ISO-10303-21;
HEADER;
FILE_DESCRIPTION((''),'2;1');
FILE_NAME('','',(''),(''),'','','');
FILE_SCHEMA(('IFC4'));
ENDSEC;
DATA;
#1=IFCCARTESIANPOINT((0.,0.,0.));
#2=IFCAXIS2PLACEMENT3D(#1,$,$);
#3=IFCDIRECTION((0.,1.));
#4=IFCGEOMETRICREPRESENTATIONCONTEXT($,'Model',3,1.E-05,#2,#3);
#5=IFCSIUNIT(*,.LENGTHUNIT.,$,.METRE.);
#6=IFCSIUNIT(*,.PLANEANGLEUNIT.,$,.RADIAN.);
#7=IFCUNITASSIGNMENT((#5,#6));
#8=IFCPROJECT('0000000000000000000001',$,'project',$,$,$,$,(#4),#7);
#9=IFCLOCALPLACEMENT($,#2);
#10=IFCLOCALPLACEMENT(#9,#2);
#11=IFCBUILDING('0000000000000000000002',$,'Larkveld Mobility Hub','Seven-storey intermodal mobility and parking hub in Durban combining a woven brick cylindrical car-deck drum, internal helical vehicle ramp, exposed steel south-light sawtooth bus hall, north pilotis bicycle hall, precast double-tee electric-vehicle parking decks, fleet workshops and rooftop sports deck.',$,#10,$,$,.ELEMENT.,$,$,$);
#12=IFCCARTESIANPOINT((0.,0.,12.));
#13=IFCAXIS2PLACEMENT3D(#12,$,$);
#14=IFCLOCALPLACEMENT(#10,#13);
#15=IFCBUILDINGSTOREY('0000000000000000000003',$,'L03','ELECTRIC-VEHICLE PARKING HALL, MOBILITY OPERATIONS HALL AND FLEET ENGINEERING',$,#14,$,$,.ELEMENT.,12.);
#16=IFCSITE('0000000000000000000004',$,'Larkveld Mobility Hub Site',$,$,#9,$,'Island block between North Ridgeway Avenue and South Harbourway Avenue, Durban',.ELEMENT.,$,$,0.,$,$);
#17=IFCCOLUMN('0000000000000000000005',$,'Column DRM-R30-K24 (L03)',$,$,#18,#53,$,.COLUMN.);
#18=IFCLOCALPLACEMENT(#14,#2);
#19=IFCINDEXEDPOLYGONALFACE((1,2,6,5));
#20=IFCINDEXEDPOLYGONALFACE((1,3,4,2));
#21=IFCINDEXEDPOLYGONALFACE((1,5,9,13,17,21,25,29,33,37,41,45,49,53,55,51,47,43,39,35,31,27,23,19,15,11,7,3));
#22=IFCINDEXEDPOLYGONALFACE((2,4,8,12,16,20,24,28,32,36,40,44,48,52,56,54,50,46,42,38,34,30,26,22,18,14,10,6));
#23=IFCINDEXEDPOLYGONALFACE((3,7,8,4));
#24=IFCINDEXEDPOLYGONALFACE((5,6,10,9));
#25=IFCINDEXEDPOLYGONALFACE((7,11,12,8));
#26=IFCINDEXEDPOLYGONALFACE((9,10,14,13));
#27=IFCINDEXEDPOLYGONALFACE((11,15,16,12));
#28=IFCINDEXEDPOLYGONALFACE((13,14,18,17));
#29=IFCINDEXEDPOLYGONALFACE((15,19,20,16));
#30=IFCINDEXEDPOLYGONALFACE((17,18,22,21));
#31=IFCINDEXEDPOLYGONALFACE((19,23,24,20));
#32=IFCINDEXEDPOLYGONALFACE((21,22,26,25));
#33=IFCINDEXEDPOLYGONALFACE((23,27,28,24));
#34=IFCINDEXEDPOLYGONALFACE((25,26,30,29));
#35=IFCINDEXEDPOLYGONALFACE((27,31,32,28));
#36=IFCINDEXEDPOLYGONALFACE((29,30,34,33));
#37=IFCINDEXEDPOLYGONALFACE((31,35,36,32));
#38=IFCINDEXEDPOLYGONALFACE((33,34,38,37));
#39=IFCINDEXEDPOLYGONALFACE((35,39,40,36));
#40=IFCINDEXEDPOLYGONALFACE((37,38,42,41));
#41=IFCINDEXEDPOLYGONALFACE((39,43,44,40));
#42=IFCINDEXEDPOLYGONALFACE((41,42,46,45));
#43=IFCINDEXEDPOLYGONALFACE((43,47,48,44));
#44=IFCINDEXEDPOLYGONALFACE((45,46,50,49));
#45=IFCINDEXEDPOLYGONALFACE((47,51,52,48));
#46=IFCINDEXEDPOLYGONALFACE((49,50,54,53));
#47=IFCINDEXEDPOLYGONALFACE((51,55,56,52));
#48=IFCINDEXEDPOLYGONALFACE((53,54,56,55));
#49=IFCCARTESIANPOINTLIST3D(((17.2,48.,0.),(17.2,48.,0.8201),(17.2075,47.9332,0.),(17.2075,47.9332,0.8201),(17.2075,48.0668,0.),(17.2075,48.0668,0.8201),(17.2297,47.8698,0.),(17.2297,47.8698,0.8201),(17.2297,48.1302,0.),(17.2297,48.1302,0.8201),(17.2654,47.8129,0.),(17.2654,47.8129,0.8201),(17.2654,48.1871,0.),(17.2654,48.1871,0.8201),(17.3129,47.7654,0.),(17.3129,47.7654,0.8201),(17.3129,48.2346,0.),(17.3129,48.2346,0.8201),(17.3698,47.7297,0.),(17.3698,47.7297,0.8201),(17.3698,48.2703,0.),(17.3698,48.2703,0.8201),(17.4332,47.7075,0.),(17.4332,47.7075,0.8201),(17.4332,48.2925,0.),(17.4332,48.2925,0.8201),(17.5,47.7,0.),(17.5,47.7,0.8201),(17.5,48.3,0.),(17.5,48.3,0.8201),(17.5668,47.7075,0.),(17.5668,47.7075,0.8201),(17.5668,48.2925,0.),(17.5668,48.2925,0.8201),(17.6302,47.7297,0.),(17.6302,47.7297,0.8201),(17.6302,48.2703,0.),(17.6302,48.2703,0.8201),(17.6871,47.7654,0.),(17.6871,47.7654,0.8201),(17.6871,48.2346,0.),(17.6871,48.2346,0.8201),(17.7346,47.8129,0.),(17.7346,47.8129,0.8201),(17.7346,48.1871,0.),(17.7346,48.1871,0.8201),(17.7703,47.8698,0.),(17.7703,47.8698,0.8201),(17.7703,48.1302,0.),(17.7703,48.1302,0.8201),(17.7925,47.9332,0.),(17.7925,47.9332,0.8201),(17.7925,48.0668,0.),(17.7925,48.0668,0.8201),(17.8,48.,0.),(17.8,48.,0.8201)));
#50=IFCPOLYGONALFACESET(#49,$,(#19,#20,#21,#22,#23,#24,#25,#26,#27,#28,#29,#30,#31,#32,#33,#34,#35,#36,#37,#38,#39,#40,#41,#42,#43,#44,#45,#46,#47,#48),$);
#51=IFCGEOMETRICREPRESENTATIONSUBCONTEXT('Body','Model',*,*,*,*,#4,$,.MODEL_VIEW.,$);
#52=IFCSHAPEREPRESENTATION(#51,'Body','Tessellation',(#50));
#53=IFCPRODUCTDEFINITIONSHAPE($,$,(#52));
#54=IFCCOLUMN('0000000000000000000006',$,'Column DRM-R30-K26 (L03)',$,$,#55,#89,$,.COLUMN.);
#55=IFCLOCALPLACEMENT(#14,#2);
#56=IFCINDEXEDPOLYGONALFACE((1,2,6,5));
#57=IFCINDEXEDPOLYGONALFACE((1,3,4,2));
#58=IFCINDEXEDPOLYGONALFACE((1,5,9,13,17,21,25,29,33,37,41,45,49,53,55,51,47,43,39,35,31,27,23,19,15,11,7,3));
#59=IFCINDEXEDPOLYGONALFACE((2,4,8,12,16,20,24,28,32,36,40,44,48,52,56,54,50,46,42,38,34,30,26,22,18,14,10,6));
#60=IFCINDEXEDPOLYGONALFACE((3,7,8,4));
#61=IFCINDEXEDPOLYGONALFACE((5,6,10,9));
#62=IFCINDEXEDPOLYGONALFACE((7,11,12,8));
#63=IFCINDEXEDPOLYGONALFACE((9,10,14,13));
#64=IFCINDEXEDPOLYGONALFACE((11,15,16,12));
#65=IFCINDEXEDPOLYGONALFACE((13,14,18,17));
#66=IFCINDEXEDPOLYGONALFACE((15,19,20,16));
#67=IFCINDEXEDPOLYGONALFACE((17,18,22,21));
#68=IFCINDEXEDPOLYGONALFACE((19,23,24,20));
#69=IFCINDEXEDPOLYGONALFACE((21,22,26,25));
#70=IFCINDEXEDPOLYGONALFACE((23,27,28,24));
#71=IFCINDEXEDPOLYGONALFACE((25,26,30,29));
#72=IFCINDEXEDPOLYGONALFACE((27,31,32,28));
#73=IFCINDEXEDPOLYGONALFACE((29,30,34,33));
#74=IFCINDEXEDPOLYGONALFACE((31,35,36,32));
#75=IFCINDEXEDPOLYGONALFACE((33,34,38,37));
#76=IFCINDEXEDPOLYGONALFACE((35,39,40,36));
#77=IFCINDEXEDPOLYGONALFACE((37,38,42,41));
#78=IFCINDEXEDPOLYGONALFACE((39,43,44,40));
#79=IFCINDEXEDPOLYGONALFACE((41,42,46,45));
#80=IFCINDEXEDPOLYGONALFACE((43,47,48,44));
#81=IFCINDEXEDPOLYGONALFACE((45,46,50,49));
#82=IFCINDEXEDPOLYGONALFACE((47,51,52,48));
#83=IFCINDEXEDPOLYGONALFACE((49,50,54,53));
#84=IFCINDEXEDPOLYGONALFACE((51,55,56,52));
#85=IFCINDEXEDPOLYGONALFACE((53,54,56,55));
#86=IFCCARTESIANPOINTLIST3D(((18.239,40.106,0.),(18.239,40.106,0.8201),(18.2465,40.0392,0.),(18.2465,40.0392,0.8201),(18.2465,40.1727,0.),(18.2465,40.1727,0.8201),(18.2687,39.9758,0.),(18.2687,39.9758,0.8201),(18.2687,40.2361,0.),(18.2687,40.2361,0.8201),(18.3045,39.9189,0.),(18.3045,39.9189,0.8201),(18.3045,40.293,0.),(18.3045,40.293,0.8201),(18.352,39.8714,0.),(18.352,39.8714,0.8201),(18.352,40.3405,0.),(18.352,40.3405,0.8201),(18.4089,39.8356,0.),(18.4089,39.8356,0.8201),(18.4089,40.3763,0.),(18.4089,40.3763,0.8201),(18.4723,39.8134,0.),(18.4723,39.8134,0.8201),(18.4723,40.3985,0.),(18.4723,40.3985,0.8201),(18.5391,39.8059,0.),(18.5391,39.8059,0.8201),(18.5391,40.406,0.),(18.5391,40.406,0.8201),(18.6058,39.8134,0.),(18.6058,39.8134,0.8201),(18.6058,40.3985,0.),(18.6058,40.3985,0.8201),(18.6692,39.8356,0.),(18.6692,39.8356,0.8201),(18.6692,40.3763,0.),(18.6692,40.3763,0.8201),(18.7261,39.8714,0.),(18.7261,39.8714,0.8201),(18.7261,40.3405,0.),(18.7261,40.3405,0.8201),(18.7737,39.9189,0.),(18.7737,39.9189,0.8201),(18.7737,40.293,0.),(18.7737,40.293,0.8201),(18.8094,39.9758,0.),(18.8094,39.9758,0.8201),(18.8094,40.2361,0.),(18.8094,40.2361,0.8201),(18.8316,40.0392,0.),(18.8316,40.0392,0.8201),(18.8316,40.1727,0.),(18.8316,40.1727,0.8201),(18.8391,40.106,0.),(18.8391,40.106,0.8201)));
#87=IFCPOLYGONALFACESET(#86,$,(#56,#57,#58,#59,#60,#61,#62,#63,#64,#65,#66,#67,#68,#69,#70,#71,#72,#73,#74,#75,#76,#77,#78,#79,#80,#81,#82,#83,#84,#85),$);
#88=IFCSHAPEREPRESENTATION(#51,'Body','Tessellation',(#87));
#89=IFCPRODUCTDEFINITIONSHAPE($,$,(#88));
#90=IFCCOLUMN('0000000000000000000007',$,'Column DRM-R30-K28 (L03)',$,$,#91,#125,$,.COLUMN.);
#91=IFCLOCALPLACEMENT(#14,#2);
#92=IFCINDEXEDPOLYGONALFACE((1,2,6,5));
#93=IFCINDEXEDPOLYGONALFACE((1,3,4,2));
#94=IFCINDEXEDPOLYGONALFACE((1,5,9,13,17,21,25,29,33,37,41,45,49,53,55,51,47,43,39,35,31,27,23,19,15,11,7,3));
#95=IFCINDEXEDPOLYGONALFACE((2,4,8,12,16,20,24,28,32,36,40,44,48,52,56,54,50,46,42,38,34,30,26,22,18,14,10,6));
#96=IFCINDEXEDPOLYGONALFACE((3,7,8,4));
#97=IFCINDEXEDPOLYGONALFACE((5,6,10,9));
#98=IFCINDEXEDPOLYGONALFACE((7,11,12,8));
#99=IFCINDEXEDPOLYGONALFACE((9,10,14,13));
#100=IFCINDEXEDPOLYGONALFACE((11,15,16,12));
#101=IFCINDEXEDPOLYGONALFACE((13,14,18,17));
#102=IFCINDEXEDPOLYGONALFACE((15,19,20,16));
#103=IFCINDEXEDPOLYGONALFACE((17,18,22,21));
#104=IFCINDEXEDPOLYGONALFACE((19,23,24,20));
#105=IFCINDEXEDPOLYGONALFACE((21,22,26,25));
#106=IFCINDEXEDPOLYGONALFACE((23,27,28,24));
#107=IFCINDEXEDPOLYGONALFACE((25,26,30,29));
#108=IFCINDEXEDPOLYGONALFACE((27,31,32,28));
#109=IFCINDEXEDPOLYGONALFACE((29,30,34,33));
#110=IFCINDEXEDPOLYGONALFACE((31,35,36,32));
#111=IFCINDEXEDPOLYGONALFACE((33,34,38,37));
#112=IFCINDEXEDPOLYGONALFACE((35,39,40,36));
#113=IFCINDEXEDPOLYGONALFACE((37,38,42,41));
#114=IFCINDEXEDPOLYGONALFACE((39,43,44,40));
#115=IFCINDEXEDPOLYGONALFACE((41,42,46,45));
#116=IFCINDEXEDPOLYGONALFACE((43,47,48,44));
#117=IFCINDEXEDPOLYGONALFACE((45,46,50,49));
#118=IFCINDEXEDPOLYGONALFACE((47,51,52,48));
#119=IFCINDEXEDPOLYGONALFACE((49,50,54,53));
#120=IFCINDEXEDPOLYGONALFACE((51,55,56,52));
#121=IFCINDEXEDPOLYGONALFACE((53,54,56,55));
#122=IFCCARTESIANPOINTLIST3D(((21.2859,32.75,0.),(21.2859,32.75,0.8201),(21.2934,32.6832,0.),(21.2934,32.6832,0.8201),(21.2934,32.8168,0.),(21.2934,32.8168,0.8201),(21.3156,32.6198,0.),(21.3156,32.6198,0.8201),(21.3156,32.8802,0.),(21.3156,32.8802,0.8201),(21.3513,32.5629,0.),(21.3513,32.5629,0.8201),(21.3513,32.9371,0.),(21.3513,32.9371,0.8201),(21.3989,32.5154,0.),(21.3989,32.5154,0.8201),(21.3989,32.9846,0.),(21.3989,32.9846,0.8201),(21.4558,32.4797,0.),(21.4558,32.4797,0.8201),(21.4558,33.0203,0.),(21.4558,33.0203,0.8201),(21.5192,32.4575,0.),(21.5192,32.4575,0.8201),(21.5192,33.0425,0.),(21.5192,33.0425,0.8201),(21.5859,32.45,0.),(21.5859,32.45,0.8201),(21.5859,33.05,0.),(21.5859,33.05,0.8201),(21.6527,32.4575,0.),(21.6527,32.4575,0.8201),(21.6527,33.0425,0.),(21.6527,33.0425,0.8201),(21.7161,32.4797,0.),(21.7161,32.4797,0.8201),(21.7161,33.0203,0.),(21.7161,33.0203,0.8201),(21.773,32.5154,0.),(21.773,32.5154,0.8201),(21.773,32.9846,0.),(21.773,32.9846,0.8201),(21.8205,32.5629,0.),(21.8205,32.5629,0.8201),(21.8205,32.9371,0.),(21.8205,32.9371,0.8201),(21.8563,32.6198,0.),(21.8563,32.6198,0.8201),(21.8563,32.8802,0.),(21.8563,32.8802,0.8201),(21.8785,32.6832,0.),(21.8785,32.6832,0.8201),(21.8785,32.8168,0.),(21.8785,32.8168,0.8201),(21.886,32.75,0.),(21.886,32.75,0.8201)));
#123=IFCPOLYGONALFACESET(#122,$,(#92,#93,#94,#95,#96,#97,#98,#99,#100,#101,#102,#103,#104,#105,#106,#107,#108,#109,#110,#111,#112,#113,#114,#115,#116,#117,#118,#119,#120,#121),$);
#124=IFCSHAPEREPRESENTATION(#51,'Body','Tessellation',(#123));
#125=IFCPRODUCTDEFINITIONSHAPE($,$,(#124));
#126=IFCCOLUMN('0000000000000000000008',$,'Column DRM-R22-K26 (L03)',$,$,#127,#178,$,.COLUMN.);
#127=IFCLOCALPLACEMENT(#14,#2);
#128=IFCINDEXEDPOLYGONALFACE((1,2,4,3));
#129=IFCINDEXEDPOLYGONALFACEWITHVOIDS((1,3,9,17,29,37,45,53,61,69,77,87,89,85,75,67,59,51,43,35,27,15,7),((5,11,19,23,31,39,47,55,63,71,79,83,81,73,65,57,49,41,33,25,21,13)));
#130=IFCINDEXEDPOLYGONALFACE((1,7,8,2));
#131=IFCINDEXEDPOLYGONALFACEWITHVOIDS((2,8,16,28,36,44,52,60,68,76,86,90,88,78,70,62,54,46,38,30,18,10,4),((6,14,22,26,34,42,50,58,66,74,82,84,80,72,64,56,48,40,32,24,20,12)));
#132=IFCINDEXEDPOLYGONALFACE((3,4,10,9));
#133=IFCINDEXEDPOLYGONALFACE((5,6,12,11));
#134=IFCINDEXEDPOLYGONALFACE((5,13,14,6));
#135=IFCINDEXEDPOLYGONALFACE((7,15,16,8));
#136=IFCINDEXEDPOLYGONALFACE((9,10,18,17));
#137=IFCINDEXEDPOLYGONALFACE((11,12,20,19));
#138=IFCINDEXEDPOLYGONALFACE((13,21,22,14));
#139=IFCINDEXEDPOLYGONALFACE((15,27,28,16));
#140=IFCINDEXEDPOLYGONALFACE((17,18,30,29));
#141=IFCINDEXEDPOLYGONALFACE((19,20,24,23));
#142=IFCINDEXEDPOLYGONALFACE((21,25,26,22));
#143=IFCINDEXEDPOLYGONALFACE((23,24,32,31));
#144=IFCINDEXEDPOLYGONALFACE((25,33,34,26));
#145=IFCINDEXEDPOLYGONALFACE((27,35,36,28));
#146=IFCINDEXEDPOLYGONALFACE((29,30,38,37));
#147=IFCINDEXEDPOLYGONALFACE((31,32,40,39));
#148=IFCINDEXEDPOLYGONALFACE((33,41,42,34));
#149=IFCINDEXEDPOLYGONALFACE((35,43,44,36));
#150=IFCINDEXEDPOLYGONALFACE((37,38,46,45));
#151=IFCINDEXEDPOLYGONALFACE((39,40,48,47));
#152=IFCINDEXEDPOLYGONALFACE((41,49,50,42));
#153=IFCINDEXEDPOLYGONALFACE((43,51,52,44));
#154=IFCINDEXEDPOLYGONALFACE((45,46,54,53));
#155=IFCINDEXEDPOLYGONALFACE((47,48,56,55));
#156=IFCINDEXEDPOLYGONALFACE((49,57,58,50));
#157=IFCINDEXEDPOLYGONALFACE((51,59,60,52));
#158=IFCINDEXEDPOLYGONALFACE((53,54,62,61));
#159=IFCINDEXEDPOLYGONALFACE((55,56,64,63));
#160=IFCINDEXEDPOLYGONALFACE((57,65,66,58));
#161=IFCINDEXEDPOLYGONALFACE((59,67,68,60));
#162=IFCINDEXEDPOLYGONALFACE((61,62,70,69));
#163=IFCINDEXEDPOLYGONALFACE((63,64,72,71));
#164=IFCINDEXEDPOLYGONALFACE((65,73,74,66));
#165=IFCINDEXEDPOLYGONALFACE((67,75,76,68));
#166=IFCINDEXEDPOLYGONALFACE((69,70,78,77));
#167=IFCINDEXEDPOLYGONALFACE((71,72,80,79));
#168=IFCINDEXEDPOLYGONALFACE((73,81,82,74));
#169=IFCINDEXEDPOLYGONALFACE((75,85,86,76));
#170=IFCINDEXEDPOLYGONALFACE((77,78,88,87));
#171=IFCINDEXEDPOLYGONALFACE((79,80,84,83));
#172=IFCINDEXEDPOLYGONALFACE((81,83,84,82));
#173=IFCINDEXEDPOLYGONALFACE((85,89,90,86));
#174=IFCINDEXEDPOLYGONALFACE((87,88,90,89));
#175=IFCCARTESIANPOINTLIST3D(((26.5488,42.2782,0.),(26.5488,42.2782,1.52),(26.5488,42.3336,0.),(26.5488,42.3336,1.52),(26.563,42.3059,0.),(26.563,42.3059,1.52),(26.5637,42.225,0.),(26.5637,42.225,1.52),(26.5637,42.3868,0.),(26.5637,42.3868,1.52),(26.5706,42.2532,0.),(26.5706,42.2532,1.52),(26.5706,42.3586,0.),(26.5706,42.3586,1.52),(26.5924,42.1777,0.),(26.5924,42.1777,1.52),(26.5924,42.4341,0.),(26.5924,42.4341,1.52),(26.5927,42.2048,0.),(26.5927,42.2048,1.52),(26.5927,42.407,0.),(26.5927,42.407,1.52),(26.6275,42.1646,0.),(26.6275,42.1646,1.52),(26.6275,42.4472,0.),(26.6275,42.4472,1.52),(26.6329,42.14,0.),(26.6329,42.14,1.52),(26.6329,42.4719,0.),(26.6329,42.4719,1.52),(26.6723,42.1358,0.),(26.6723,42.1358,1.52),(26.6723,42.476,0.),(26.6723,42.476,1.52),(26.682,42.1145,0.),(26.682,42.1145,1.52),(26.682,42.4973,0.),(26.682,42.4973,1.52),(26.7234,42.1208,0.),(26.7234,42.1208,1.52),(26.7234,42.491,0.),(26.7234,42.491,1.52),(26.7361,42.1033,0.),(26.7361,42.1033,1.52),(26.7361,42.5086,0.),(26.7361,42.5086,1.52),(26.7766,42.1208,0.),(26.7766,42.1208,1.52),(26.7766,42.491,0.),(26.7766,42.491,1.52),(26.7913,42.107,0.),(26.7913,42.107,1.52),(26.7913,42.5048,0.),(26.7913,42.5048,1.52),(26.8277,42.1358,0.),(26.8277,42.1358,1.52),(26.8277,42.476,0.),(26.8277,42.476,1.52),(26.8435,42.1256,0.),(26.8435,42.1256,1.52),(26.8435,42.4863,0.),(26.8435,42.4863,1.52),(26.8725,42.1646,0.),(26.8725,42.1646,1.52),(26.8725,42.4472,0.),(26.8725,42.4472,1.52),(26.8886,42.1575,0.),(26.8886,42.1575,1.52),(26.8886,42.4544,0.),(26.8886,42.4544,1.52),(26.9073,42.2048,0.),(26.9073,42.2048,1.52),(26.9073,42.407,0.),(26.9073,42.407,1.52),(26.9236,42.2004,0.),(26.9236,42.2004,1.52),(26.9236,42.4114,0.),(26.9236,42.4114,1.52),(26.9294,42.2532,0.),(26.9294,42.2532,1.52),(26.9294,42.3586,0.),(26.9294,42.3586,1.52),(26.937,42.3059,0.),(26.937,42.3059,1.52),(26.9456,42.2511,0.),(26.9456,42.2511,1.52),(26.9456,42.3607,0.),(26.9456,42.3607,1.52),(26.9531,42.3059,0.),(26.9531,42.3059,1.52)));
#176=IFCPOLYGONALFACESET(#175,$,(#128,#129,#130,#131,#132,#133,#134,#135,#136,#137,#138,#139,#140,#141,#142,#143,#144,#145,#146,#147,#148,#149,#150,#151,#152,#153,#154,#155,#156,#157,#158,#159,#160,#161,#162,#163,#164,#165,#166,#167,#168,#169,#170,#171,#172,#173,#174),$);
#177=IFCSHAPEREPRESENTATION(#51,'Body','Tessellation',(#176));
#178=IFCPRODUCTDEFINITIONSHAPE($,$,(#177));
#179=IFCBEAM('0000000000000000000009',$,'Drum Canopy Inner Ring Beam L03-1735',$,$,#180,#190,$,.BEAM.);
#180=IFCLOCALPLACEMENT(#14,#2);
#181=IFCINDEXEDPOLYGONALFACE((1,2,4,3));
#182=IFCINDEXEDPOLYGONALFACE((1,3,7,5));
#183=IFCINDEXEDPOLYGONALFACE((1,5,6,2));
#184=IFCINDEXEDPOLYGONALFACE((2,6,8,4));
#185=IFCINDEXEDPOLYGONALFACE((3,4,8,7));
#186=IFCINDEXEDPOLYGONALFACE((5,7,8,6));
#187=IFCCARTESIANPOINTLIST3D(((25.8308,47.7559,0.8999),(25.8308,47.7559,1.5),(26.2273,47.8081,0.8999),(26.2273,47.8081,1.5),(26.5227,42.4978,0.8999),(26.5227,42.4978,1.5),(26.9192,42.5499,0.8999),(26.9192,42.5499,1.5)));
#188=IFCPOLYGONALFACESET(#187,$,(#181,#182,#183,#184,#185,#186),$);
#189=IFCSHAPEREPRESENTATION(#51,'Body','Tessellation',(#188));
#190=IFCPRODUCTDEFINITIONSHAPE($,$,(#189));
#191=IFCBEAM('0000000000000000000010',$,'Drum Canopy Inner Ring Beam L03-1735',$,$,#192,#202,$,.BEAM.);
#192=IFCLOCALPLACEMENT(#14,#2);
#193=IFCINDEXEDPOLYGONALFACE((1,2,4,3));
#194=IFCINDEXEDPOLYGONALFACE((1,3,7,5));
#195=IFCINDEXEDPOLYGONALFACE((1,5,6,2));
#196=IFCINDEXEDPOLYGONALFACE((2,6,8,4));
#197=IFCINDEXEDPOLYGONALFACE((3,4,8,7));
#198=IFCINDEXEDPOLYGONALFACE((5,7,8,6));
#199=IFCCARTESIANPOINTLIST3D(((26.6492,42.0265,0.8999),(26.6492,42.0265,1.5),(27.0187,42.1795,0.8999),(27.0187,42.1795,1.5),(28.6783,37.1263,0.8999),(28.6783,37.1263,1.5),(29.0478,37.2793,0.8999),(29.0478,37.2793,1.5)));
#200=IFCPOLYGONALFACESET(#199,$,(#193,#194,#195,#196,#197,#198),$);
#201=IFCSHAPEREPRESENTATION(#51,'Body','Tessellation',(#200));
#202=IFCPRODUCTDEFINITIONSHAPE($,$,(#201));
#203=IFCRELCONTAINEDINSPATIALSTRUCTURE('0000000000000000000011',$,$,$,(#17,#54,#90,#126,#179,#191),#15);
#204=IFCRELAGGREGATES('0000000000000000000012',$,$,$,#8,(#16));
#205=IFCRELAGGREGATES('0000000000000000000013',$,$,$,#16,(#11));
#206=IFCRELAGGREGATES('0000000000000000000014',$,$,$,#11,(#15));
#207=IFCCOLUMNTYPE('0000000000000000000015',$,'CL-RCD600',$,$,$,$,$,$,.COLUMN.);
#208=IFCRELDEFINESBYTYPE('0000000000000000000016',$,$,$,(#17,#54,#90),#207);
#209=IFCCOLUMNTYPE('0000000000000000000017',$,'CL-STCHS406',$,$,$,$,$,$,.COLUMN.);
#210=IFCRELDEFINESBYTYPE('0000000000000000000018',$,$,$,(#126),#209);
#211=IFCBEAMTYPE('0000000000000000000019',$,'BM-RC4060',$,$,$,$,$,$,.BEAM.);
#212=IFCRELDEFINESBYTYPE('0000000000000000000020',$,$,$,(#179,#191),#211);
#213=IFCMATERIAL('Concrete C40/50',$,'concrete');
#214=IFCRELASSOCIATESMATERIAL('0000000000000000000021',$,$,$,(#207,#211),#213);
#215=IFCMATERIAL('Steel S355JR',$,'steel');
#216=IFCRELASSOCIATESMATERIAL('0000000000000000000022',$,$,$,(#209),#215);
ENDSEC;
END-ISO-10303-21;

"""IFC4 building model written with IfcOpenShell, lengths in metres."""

from ifc_helpers import new_model, si_unit, direction, frame, origin, origin_2d, place, context, subcontext, project, spatial, rectangle, circle, hollow_circle, extrude, material, material_profile, profile_set, type_object, element, save


model = new_model("IFC4")

# Units and contexts
model_context = context("Model", 3, precision=1e-05, world=origin(), true_north=direction((0.0, 1.0)))
body_context = subcontext(model_context, "Body", "Model", "MODEL_VIEW")
ifc_project = project(units=[si_unit("LENGTHUNIT", "METRE"), si_unit("PLANEANGLEUNIT", "RADIAN")], contexts=[model_context])

# Site, building, storey
site_placement = place(None, origin())
site = spatial("IfcSite", under=ifc_project, at=site_placement, Name="Larkveld Mobility Hub Site", LongName="Island block between North Ridgeway Avenue and South Harbourway Avenue, Durban", CompositionType="ELEMENT", RefElevation=0.0)
building_placement = place(site_placement, origin())
building = spatial("IfcBuilding", under=site, at=building_placement, Name="Larkveld Mobility Hub", Description="Seven-storey intermodal mobility and parking hub in Durban combining a woven brick cylindrical car-deck drum, internal helical vehicle ramp, exposed steel south-light sawtooth bus hall, north pilotis bicycle hall, precast double-tee electric-vehicle parking decks, fleet workshops and rooftop sports deck.", CompositionType="ELEMENT")
storey_placement = place(building_placement, frame((0.0, 0.0, 12.0)))
storey = spatial("IfcBuildingStorey", under=building, at=storey_placement, Name="L03", Description="ELECTRIC-VEHICLE PARKING HALL, MOBILITY OPERATIONS HALL AND FLEET ENGINEERING", CompositionType="ELEMENT", Elevation=12.0)

# Columns
ifc_material_1 = material(Name="Concrete C40/50", Category="concrete")
ifc_material_profile_1 = material_profile(ifc_material_1, circle(Radius=0.3, at=origin_2d()), Name="RC COL D600")
ifc_profile_set_1 = profile_set([ifc_material_profile_1], Name="Concrete C40/50")
column_type_1 = type_object("IfcColumnType", Name="CL-RCD600", PredefinedType="COLUMN", material=ifc_profile_set_1)
for number, where, z_axis, x_axis, name in (
    (1, (17.5, 48.0, 0.0), (0.0, 0.0, 1.0), (1.0, 0.0, 0.0), "Column DRM-R30-K24 (L03)"),
    (2, (18.5391, 40.106, 0.0), (0.0, 0.0, 1.0), (1.0, 0.0, 0.0), "Column DRM-R30-K26 (L03)"),
    (3, (21.5859, 32.75, 0.0), (0.0, 0.0, 1.0), (1.0, 0.0, 0.0), "Column DRM-R30-K28 (L03)"),
):
    element("IfcColumn", number, at=place(storey_placement, frame(where, z_axis=z_axis, x_axis=x_axis)), inside=storey, type_object=column_type_1, Name=name, PredefinedType="COLUMN", context=body_context, shape_type="SweptSolid", body=[
        extrude(circle(Radius=0.3, at=origin_2d()), origin(), (0.0, 0.0, 1.0), 0.8201),
    ])
ifc_material_2 = material(Name="Steel S355JR", Category="steel")
ifc_material_profile_2 = material_profile(ifc_material_2, hollow_circle(Radius=0.2031, WallThickness=0.0161, at=origin_2d()), Name="CHS 406.4x16")
ifc_profile_set_2 = profile_set([ifc_material_profile_2], Name="Steel S355JR")
column_type_2 = type_object("IfcColumnType", Name="CL-STCHS406", PredefinedType="COLUMN", material=ifc_profile_set_2)
column_placement = place(storey_placement, frame((26.75, 42.3059, 0.0), z_axis=(0.0, 0.0, 1.0), x_axis=(1.0, 0.0, 0.0)))
element("IfcColumn", 4, at=column_placement, inside=storey, type_object=column_type_2, Name="Column DRM-R22-K26 (L03)", PredefinedType="COLUMN", context=body_context, shape_type="SweptSolid", body=[
    extrude(hollow_circle(Radius=0.2031, WallThickness=0.0161, at=origin_2d()), origin(), (0.0, 0.0, 1.0), 1.52),
])

# Beams
ifc_material_profile_3 = material_profile(ifc_material_1, rectangle(XDim=0.3999, YDim=0.6001, at=origin_2d()), Name="RC BM 400x600")
ifc_profile_set_3 = profile_set([ifc_material_profile_3], Name="Concrete C40/50")
beam_type_1 = type_object("IfcBeamType", Name="BM-RC4060", PredefinedType="BEAM", material=ifc_profile_set_3)
beam_1_placement = place(storey_placement, frame((26.0291, 47.782, 1.2), z_axis=(0.130463, -0.991453, 0.0), x_axis=(0.991453, 0.130463, 0.0)))
element("IfcBeam", 5, at=beam_1_placement, inside=storey, type_object=beam_type_1, Name="Drum Canopy Inner Ring Beam L03-1735", PredefinedType="BEAM", context=body_context, shape_type="SweptSolid", body=[
    extrude(rectangle(XDim=0.3999, YDim=0.6001, at=origin_2d()), origin(), (0.0, 0.0, 1.0), 5.3035),
])
beam_2_placement = place(storey_placement, frame((26.834, 42.103, 1.2), z_axis=(0.382578, -0.923923, 0.0), x_axis=(0.923923, 0.382578, 0.0)))
element("IfcBeam", 6, at=beam_2_placement, inside=storey, type_object=beam_type_1, Name="Drum Canopy Inner Ring Beam L03-1735", PredefinedType="BEAM", context=body_context, shape_type="SweptSolid", body=[
    extrude(rectangle(XDim=0.3999, YDim=0.6001, at=origin_2d()), origin(), (0.0, 0.0, 1.0), 5.3037),
])

save(model, "model.ifc")
